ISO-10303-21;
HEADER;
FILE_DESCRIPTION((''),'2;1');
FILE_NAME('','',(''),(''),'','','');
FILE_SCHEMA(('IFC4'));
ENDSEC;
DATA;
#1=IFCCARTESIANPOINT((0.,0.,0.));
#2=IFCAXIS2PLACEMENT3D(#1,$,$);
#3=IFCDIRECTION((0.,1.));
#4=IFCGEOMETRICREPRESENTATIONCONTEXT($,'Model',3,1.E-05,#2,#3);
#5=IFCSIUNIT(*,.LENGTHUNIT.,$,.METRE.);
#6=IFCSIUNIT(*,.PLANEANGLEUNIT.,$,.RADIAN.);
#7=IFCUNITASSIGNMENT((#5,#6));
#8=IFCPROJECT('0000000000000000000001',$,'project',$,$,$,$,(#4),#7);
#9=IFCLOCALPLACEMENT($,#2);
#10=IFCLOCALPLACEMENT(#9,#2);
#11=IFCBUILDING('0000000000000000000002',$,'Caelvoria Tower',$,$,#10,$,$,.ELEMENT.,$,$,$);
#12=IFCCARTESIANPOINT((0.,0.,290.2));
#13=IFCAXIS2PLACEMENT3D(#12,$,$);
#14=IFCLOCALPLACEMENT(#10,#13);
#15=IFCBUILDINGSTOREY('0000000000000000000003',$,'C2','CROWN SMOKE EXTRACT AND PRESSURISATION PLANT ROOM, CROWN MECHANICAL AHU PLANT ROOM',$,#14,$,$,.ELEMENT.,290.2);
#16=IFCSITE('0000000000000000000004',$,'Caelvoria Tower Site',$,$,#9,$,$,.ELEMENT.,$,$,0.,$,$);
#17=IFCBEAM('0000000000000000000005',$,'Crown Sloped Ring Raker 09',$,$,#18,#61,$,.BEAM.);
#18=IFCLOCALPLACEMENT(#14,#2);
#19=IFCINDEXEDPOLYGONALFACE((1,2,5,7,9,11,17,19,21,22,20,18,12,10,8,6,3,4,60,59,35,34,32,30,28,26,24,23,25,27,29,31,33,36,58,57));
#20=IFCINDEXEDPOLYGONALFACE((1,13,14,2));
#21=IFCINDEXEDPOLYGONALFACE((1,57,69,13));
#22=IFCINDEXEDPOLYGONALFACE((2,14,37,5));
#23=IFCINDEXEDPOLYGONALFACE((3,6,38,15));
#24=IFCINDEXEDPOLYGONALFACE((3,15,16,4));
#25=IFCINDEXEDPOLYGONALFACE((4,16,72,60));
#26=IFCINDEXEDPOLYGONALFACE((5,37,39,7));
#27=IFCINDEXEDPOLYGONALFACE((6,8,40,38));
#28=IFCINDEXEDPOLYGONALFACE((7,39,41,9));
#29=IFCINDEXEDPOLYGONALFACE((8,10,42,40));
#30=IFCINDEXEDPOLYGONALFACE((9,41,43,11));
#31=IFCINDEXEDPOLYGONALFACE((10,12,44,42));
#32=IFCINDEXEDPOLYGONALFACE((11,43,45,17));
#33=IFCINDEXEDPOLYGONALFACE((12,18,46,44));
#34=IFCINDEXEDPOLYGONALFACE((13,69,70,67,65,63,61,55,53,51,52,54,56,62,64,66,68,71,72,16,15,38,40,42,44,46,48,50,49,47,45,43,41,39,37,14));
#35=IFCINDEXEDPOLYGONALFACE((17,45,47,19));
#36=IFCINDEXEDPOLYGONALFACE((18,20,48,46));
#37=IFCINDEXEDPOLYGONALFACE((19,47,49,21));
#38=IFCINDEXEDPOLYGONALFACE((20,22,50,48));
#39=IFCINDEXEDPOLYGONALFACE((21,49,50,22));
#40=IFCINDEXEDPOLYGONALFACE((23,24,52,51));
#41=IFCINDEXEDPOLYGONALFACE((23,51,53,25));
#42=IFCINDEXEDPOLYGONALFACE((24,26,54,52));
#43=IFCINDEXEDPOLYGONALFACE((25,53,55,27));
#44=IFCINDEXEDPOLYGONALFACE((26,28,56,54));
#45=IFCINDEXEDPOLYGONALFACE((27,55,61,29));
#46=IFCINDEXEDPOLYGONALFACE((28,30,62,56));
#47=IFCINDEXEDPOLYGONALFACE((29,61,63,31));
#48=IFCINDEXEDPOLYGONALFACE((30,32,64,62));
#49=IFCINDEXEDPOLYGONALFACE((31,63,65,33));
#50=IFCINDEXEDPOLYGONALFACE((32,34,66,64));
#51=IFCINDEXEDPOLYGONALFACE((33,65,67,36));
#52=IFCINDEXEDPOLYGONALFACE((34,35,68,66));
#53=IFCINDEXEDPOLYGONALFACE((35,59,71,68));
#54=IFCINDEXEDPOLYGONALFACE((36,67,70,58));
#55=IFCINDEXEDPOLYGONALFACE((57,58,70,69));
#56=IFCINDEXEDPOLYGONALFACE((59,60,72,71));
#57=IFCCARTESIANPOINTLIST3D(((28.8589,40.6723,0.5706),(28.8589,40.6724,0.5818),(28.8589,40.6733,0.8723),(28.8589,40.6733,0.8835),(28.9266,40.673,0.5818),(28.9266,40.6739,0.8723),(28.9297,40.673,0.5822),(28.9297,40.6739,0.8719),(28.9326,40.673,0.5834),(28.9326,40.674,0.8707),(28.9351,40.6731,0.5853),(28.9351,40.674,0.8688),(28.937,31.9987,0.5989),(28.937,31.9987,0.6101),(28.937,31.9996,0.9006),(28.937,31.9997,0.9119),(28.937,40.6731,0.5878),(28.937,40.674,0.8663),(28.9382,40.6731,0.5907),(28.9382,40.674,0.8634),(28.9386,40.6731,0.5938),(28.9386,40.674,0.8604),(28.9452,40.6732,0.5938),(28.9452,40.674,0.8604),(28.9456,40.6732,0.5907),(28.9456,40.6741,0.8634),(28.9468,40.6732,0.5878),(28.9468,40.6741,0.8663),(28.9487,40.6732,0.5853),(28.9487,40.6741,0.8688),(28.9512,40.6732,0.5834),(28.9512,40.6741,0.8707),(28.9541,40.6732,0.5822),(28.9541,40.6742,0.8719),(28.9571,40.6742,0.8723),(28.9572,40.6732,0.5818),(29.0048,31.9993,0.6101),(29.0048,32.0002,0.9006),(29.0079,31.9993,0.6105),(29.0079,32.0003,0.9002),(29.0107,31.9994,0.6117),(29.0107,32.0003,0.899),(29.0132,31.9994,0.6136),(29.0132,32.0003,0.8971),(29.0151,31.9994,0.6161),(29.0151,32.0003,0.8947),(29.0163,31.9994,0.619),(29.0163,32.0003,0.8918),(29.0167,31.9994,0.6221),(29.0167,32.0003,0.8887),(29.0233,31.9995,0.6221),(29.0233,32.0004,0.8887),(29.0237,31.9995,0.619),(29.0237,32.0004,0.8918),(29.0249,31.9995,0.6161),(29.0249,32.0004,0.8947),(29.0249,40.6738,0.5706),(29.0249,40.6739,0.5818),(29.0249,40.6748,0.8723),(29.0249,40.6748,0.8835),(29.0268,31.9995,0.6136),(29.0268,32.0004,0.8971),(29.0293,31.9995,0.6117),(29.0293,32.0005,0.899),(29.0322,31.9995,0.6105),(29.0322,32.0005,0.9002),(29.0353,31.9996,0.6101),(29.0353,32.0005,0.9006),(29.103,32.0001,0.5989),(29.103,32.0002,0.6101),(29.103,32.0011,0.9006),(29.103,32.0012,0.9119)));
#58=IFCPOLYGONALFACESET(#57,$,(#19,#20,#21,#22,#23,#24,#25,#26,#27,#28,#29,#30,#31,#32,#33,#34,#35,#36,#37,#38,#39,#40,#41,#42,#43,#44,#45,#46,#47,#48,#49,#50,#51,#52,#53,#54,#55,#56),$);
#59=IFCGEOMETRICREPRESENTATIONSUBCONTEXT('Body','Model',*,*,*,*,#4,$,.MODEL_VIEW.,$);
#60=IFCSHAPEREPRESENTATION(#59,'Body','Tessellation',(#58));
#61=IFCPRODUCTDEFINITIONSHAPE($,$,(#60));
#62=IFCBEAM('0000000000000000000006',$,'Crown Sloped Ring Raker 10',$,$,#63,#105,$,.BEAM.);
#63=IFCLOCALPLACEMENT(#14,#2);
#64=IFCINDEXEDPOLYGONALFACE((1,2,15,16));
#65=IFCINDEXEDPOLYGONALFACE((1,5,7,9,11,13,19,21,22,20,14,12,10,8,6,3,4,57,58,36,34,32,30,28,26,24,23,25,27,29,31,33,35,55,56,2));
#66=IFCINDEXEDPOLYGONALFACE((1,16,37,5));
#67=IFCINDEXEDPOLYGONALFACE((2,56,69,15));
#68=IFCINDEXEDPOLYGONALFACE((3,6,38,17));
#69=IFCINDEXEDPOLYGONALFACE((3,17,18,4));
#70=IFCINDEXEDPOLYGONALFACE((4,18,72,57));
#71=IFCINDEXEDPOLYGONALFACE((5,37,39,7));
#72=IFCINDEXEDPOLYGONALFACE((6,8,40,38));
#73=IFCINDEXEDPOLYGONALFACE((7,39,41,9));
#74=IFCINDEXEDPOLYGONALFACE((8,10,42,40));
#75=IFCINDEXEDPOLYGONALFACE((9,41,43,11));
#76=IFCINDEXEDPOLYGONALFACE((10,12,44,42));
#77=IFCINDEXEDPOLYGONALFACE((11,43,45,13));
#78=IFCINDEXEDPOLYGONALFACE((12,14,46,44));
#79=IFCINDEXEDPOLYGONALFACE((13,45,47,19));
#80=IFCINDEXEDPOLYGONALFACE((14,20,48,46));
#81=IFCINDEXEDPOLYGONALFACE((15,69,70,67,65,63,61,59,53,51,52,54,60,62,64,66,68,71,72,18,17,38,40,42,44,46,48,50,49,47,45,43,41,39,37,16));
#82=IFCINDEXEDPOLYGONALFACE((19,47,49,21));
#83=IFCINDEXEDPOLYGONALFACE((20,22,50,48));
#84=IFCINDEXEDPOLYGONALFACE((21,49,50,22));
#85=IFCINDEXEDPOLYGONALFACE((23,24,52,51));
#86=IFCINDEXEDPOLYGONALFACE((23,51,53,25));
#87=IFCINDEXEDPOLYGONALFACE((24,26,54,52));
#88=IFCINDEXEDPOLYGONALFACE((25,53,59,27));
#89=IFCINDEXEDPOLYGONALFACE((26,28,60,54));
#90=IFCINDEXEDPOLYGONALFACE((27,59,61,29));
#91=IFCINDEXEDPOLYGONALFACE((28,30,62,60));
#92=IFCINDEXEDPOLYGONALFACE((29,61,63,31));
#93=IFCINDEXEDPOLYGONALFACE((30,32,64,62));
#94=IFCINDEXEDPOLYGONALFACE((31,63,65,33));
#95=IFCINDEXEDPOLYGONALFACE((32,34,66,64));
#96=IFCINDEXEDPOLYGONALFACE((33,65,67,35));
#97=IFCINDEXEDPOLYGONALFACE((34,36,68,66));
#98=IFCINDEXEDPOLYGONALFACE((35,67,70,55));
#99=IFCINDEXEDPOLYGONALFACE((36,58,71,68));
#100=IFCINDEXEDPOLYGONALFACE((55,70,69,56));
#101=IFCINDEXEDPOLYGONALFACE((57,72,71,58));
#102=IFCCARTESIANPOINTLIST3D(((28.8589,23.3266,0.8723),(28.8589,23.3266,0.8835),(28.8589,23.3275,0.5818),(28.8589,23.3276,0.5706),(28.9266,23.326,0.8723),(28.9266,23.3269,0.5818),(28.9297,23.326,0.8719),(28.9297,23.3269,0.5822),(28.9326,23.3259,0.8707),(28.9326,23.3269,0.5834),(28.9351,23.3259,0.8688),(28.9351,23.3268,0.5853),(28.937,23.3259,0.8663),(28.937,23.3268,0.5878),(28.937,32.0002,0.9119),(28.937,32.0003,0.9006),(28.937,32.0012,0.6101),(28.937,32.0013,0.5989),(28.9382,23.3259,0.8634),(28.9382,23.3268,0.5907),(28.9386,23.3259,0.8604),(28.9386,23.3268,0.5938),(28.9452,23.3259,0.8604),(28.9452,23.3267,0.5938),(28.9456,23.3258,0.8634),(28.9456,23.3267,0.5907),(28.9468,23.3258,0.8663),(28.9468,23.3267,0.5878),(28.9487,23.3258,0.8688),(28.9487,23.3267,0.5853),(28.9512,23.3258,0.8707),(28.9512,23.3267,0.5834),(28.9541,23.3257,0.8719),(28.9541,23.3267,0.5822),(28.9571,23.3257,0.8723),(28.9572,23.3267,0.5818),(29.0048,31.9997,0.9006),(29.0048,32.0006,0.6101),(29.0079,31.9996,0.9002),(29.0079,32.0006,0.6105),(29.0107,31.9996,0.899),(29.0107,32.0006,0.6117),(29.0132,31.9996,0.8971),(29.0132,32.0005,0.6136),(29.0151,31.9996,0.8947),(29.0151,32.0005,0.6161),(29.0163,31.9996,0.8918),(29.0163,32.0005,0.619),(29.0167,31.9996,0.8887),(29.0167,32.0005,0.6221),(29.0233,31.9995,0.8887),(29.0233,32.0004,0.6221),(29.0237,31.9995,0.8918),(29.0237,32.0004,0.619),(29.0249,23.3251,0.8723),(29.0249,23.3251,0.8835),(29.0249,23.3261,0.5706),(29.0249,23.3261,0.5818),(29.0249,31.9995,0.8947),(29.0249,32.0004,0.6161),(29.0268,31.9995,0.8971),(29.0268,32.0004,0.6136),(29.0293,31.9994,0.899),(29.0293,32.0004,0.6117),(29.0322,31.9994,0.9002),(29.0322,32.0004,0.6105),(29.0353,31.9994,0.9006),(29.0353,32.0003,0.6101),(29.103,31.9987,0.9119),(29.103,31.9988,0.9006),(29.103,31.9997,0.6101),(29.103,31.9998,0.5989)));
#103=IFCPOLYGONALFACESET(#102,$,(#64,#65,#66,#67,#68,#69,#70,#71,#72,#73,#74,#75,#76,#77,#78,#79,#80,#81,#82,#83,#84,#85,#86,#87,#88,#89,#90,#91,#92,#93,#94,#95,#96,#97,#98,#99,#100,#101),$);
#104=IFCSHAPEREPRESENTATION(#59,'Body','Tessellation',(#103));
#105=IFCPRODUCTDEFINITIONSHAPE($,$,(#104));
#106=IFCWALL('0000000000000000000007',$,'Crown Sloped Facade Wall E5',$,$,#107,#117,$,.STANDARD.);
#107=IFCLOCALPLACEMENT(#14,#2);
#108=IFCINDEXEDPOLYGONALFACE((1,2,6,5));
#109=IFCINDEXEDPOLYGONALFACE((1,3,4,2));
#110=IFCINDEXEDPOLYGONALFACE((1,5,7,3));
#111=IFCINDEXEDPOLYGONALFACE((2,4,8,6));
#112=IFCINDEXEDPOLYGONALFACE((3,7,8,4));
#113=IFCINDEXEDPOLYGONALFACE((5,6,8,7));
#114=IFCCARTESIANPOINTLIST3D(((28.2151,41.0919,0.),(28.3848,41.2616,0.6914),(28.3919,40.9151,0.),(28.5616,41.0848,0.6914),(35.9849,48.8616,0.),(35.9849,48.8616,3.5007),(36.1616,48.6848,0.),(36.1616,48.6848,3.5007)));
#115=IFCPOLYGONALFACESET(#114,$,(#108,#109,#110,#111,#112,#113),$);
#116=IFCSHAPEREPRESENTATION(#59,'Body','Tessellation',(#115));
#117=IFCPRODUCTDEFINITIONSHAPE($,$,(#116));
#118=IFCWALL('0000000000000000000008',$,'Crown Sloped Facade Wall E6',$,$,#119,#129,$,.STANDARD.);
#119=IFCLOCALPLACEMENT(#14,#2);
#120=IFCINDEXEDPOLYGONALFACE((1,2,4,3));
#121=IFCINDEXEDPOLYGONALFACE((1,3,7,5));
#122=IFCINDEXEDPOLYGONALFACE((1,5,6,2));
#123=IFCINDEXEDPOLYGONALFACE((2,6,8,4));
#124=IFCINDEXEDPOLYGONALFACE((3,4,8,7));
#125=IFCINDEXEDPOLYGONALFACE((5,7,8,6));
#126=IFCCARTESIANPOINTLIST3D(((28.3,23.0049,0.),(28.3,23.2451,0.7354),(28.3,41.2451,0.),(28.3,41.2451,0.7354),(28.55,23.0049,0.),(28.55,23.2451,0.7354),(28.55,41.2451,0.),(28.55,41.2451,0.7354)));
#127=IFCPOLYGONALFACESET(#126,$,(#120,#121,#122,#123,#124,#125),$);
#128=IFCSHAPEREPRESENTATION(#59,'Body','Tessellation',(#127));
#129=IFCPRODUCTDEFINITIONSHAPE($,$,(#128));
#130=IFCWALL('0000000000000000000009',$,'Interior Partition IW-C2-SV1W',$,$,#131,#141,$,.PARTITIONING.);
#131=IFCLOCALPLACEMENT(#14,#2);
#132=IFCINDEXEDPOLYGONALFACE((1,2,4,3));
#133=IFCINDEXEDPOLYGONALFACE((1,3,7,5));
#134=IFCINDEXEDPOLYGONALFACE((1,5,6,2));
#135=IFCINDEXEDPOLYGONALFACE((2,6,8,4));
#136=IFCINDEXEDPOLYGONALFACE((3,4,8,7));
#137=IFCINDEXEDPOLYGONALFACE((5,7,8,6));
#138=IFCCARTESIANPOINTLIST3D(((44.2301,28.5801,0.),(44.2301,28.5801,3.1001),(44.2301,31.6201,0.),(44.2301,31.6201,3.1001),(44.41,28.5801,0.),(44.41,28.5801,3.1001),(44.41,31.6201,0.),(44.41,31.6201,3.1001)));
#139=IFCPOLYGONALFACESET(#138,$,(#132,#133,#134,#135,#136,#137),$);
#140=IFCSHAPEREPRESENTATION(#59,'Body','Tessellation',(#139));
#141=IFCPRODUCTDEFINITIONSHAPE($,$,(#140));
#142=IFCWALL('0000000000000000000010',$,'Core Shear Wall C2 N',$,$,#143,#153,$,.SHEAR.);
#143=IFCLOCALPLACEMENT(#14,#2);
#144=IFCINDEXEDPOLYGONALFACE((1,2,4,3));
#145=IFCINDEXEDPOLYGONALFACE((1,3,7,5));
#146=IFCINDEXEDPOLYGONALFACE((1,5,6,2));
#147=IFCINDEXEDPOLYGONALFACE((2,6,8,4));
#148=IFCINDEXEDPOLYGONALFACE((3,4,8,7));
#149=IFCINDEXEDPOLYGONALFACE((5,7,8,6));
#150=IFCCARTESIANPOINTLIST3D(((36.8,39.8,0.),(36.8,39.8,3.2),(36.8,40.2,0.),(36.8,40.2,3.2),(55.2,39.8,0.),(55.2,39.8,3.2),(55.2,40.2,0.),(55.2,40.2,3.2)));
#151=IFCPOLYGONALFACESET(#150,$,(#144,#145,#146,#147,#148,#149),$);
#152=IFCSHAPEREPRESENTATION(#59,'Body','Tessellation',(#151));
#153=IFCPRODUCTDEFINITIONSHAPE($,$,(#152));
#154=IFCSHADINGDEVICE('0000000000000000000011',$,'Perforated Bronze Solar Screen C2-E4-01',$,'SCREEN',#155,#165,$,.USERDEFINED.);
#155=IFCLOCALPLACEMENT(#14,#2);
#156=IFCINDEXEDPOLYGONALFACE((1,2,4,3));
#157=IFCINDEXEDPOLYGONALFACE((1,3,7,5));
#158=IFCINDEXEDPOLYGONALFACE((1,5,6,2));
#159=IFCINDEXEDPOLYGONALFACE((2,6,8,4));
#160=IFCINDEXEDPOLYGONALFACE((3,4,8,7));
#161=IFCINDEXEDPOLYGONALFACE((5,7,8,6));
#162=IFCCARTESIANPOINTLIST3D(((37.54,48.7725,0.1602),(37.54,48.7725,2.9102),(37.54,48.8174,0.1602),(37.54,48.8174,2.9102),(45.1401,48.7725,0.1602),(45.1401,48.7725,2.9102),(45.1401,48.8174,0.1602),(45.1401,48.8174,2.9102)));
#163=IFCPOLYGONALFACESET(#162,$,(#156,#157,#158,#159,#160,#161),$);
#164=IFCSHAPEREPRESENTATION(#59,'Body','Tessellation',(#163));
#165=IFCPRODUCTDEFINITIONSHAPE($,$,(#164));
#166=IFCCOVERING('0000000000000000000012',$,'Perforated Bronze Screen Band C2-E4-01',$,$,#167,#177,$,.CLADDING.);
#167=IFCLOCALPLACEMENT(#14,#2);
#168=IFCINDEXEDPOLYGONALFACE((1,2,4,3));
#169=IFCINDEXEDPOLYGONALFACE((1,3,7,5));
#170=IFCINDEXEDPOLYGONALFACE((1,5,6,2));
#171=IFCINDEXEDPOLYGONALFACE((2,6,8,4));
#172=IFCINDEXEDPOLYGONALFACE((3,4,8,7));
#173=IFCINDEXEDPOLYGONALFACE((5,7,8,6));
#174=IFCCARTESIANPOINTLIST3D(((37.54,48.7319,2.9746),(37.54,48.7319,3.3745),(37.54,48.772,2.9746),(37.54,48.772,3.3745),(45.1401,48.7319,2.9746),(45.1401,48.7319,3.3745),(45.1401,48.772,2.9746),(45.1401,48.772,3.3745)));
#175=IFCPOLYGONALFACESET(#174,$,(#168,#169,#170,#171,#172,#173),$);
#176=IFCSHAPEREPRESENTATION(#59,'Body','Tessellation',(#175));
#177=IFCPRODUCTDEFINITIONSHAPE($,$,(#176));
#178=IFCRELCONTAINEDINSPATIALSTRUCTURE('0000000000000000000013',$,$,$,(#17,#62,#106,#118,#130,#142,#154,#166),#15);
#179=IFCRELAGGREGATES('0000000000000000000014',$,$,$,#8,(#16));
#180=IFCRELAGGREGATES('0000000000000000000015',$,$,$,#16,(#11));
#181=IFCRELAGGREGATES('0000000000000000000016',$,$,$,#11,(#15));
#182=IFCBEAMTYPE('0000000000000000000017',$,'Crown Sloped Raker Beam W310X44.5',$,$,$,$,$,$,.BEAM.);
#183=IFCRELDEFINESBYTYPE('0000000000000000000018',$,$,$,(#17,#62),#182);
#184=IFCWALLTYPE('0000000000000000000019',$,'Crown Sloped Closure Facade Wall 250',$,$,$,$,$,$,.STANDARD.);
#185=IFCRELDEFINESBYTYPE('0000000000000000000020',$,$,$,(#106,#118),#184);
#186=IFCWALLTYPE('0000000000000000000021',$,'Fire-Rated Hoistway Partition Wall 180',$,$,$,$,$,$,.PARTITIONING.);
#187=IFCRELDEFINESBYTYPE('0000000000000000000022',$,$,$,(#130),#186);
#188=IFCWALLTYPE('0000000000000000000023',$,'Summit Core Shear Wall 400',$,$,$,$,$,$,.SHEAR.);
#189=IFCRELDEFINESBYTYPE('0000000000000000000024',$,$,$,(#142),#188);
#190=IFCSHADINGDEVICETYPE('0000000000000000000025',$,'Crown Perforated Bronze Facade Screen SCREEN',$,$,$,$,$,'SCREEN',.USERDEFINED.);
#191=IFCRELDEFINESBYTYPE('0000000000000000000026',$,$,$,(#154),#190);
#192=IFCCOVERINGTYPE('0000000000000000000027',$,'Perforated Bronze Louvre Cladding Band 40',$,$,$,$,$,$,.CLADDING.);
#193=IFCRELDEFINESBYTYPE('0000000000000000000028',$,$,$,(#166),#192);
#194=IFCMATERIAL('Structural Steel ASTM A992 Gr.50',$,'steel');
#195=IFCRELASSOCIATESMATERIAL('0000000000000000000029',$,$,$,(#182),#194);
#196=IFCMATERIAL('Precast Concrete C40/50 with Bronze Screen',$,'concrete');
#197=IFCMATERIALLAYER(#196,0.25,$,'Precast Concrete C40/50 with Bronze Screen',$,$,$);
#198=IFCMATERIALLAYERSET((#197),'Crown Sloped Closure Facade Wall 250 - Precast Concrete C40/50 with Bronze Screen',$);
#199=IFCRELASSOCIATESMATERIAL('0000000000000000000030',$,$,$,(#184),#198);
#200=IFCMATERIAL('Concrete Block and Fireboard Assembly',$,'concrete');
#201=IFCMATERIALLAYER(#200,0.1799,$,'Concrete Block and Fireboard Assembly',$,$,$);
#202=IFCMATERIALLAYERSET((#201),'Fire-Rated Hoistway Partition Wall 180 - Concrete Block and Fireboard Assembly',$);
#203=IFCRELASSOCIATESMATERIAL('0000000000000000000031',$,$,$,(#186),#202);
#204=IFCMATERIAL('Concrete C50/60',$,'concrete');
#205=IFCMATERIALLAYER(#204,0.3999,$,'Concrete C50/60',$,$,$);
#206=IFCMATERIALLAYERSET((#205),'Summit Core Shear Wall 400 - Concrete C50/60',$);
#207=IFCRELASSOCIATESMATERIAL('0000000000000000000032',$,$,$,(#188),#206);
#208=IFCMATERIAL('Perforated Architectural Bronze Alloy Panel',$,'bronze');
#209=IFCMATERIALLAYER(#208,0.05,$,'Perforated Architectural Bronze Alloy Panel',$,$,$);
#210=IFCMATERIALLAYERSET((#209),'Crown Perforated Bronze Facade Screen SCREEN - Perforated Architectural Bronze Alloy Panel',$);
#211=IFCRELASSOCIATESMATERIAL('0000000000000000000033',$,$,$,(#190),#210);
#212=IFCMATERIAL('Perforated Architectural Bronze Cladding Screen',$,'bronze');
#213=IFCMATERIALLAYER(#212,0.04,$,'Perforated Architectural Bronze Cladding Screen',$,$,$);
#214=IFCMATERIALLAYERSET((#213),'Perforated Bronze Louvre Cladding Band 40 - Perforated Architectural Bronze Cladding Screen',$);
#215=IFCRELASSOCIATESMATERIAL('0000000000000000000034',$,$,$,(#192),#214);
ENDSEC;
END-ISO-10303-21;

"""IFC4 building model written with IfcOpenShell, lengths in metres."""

from ifc_helpers import new_model, si_unit, direction, frame, frame_2d, origin, origin_2d, place, context, subcontext, project, spatial, polyline, rectangle, i_section, outline, extrude, material, layer, layer_set, material_profile, profile_set, type_object, element, save


model = new_model("IFC4")

# Units and contexts
model_context = context("Model", 3, precision=1e-05, world=origin(), true_north=direction((0.0, 1.0)))
body_context = subcontext(model_context, "Body", "Model", "MODEL_VIEW")
ifc_project = project(units=[si_unit("LENGTHUNIT", "METRE"), si_unit("PLANEANGLEUNIT", "RADIAN")], contexts=[model_context])

# Site, building, storey
site_placement = place(None, origin())
site = spatial("IfcSite", under=ifc_project, at=site_placement, Name="Caelvoria Tower Site", CompositionType="ELEMENT", RefElevation=0.0)
building_placement = place(site_placement, origin())
building = spatial("IfcBuilding", under=site, at=building_placement, Name="Caelvoria Tower", CompositionType="ELEMENT")
storey_placement = place(building_placement, frame((0.0, 0.0, 290.2)))
storey = spatial("IfcBuildingStorey", under=building, at=storey_placement, Name="C2", Description="CROWN SMOKE EXTRACT AND PRESSURISATION PLANT ROOM, CROWN MECHANICAL AHU PLANT ROOM", CompositionType="ELEMENT", Elevation=290.2)

# Shared definitions
ifc_material_1 = material(Name="Structural Steel ASTM A992 Gr.50", Category="steel")

# Beams
ifc_material_profile_1 = material_profile(ifc_material_1, i_section(OverallWidth=0.166, OverallDepth=0.313, WebThickness=0.0066, FlangeThickness=0.0112, FilletRadius=0.012, at=origin_2d()), Name="Structural Steel ASTM A992 Gr.50")
ifc_profile_set_1 = profile_set([ifc_material_profile_1], Name="W310X44.5 - Structural Steel ASTM A992 Gr.50")
beam_type_1 = type_object("IfcBeamType", Name="Crown Sloped Raker Beam W310X44.5", PredefinedType="BEAM", material=ifc_profile_set_1)
for number, where, z_axis, x_axis, name in (
    (1, (28.9419, 40.6736, 0.7271), (0.009007, -0.999954, 0.003265), (0.999959, 0.009007, 0.0), "Crown Sloped Ring Raker 09"),
    (2, (29.02, 32.0, 0.7554), (-0.009007, -0.999954, -0.003265), (0.999959, -0.009007, 0.0), "Crown Sloped Ring Raker 10"),
):
    element("IfcBeam", number, at=place(storey_placement, frame(where, z_axis=z_axis, x_axis=x_axis)), inside=storey, type_object=beam_type_1, Name=name, PredefinedType="BEAM", context=body_context, shape_type="SweptSolid", body=[
        extrude(i_section(OverallWidth=0.166, OverallDepth=0.313, WebThickness=0.0066, FlangeThickness=0.0112, FilletRadius=0.012, at=origin_2d()), origin(), (0.0, 0.0, 1.0), 8.6741),
    ])

# Shared definitions
ifc_material_2 = material(Name="Concrete C50/60", Category="concrete")

# Walls
ifc_material_3 = material(Name="Precast Concrete C40/50 with Bronze Screen", Category="concrete")
ifc_layer_1 = layer(ifc_material_3, 0.25, Name="Precast Concrete C40/50 with Bronze Screen")
ifc_layer_set_1 = layer_set([ifc_layer_1], Name="Crown Sloped Closure Facade Wall 250 - Precast Concrete C40/50 with Bronze Screen")
wall_type_1 = type_object("IfcWallType", Name="Crown Sloped Closure Facade Wall 250", PredefinedType="STANDARD", material=ifc_layer_set_1)
wall_1_placement = place(storey_placement, frame((36.0732, 48.7732, 0.0), z_axis=(0.0, 0.0, 1.0), x_axis=(-0.707107, -0.707107, 0.0)))
element("IfcWall", 3, at=wall_1_placement, inside=storey, type_object=wall_type_1, Name="Crown Sloped Facade Wall E5", PredefinedType="STANDARD", context=body_context, shape_type="SweptSolid", body=[
    extrude(outline(polyline([(0.0, 0.0), (10.988, 0.0), (10.748, 0.6914), (0.0, 3.5007), (0.0, 0.0)])), frame((0.0, 0.125, 0.0), z_axis=(0.0, -1.0, 0.0), x_axis=(1.0, 0.0, 0.0)), (0.0, 0.0, 1.0), 0.25),
])
wall_2_placement = place(storey_placement, frame((28.425, 41.2451, 0.0), z_axis=(0.0, 0.0, 1.0), x_axis=(0.0, -1.0, 0.0)))
element("IfcWall", 4, at=wall_2_placement, inside=storey, type_object=wall_type_1, Name="Crown Sloped Facade Wall E6", PredefinedType="STANDARD", context=body_context, shape_type="SweptSolid", body=[
    extrude(outline(polyline([(0.0, 0.0), (18.2402, 0.0), (18.0, 0.7354), (0.0, 0.7354), (0.0, 0.0)])), frame((0.0, 0.125, 0.0), z_axis=(0.0, -1.0, 0.0), x_axis=(1.0, 0.0, 0.0)), (0.0, 0.0, 1.0), 0.25),
])
ifc_material_4 = material(Name="Concrete Block and Fireboard Assembly", Category="concrete")
ifc_layer_2 = layer(ifc_material_4, 0.1799, Name="Concrete Block and Fireboard Assembly")
ifc_layer_set_2 = layer_set([ifc_layer_2], Name="Fire-Rated Hoistway Partition Wall 180 - Concrete Block and Fireboard Assembly")
wall_type_2 = type_object("IfcWallType", Name="Fire-Rated Hoistway Partition Wall 180", PredefinedType="PARTITIONING", material=ifc_layer_set_2)
wall_3_placement = place(storey_placement, frame((44.3201, 28.5801, 0.0), z_axis=(0.0, 0.0, 1.0), x_axis=(0.0, 1.0, 0.0)))
element("IfcWall", 5, at=wall_3_placement, inside=storey, type_object=wall_type_2, Name="Interior Partition IW-C2-SV1W", PredefinedType="PARTITIONING", context=body_context, shape_type="SweptSolid", body=[
    extrude(rectangle(XDim=3.04, YDim=0.1799, at=frame_2d((1.52, 0.0))), origin(), (0.0, 0.0, 1.0), 3.1001),
])

# Wall
ifc_layer_3 = layer(ifc_material_2, 0.3999, Name="Concrete C50/60")
ifc_layer_set_3 = layer_set([ifc_layer_3], Name="Summit Core Shear Wall 400 - Concrete C50/60")
wall_type_3 = type_object("IfcWallType", Name="Summit Core Shear Wall 400", PredefinedType="SHEAR", material=ifc_layer_set_3)
wall_4_placement = place(storey_placement, frame((36.8, 40.0, 0.0), z_axis=(0.0, 0.0, 1.0), x_axis=(1.0, 0.0, 0.0)))
element("IfcWall", 6, at=wall_4_placement, inside=storey, type_object=wall_type_3, Name="Core Shear Wall C2 N", PredefinedType="SHEAR", context=body_context, shape_type="SweptSolid", body=[
    extrude(rectangle(XDim=18.3999, YDim=0.3999, at=frame_2d((9.2, 0.0))), origin(), (0.0, 0.0, 1.0), 3.2),
])

# Shading device
ifc_material_5 = material(Name="Perforated Architectural Bronze Alloy Panel", Category="bronze")
ifc_layer_4 = layer(ifc_material_5, 0.05, Name="Perforated Architectural Bronze Alloy Panel")
ifc_layer_set_4 = layer_set([ifc_layer_4], Name="Crown Perforated Bronze Facade Screen SCREEN - Perforated Architectural Bronze Alloy Panel")
shading_device_type = type_object("IfcShadingDeviceType", Name="Crown Perforated Bronze Facade Screen SCREEN", ElementType="SCREEN", PredefinedType="USERDEFINED", material=ifc_layer_set_4)
shading_device_placement = place(storey_placement, frame((41.3401, 48.7949, 0.1602), z_axis=(0.0, 0.0, 1.0), x_axis=(-1.0, 0.0, 0.0)))
element("IfcShadingDevice", 7, at=shading_device_placement, inside=storey, type_object=shading_device_type, Name="Perforated Bronze Solar Screen C2-E4-01", ObjectType="SCREEN", PredefinedType="USERDEFINED", context=body_context, shape_type="SweptSolid", body=[
    extrude(rectangle(XDim=7.6001, YDim=0.0449, at=origin_2d()), origin(), (0.0, 0.0, 1.0), 2.75),
])

# Covering
ifc_material_6 = material(Name="Perforated Architectural Bronze Cladding Screen", Category="bronze")
ifc_layer_5 = layer(ifc_material_6, 0.04, Name="Perforated Architectural Bronze Cladding Screen")
ifc_layer_set_5 = layer_set([ifc_layer_5], Name="Perforated Bronze Louvre Cladding Band 40 - Perforated Architectural Bronze Cladding Screen")
covering_type = type_object("IfcCoveringType", Name="Perforated Bronze Louvre Cladding Band 40", PredefinedType="CLADDING", material=ifc_layer_set_5)
covering_placement = place(storey_placement, frame((41.3401, 48.752, 2.9746), z_axis=(0.0, 0.0, 1.0), x_axis=(-1.0, 0.0, 0.0)))
element("IfcCovering", 8, at=covering_placement, inside=storey, type_object=covering_type, Name="Perforated Bronze Screen Band C2-E4-01", PredefinedType="CLADDING", context=body_context, shape_type="SweptSolid", body=[
    extrude(rectangle(XDim=7.6001, YDim=0.04, at=origin_2d()), origin(), (0.0, 0.0, 1.0), 0.3999),
])

save(model, "model.ifc")
